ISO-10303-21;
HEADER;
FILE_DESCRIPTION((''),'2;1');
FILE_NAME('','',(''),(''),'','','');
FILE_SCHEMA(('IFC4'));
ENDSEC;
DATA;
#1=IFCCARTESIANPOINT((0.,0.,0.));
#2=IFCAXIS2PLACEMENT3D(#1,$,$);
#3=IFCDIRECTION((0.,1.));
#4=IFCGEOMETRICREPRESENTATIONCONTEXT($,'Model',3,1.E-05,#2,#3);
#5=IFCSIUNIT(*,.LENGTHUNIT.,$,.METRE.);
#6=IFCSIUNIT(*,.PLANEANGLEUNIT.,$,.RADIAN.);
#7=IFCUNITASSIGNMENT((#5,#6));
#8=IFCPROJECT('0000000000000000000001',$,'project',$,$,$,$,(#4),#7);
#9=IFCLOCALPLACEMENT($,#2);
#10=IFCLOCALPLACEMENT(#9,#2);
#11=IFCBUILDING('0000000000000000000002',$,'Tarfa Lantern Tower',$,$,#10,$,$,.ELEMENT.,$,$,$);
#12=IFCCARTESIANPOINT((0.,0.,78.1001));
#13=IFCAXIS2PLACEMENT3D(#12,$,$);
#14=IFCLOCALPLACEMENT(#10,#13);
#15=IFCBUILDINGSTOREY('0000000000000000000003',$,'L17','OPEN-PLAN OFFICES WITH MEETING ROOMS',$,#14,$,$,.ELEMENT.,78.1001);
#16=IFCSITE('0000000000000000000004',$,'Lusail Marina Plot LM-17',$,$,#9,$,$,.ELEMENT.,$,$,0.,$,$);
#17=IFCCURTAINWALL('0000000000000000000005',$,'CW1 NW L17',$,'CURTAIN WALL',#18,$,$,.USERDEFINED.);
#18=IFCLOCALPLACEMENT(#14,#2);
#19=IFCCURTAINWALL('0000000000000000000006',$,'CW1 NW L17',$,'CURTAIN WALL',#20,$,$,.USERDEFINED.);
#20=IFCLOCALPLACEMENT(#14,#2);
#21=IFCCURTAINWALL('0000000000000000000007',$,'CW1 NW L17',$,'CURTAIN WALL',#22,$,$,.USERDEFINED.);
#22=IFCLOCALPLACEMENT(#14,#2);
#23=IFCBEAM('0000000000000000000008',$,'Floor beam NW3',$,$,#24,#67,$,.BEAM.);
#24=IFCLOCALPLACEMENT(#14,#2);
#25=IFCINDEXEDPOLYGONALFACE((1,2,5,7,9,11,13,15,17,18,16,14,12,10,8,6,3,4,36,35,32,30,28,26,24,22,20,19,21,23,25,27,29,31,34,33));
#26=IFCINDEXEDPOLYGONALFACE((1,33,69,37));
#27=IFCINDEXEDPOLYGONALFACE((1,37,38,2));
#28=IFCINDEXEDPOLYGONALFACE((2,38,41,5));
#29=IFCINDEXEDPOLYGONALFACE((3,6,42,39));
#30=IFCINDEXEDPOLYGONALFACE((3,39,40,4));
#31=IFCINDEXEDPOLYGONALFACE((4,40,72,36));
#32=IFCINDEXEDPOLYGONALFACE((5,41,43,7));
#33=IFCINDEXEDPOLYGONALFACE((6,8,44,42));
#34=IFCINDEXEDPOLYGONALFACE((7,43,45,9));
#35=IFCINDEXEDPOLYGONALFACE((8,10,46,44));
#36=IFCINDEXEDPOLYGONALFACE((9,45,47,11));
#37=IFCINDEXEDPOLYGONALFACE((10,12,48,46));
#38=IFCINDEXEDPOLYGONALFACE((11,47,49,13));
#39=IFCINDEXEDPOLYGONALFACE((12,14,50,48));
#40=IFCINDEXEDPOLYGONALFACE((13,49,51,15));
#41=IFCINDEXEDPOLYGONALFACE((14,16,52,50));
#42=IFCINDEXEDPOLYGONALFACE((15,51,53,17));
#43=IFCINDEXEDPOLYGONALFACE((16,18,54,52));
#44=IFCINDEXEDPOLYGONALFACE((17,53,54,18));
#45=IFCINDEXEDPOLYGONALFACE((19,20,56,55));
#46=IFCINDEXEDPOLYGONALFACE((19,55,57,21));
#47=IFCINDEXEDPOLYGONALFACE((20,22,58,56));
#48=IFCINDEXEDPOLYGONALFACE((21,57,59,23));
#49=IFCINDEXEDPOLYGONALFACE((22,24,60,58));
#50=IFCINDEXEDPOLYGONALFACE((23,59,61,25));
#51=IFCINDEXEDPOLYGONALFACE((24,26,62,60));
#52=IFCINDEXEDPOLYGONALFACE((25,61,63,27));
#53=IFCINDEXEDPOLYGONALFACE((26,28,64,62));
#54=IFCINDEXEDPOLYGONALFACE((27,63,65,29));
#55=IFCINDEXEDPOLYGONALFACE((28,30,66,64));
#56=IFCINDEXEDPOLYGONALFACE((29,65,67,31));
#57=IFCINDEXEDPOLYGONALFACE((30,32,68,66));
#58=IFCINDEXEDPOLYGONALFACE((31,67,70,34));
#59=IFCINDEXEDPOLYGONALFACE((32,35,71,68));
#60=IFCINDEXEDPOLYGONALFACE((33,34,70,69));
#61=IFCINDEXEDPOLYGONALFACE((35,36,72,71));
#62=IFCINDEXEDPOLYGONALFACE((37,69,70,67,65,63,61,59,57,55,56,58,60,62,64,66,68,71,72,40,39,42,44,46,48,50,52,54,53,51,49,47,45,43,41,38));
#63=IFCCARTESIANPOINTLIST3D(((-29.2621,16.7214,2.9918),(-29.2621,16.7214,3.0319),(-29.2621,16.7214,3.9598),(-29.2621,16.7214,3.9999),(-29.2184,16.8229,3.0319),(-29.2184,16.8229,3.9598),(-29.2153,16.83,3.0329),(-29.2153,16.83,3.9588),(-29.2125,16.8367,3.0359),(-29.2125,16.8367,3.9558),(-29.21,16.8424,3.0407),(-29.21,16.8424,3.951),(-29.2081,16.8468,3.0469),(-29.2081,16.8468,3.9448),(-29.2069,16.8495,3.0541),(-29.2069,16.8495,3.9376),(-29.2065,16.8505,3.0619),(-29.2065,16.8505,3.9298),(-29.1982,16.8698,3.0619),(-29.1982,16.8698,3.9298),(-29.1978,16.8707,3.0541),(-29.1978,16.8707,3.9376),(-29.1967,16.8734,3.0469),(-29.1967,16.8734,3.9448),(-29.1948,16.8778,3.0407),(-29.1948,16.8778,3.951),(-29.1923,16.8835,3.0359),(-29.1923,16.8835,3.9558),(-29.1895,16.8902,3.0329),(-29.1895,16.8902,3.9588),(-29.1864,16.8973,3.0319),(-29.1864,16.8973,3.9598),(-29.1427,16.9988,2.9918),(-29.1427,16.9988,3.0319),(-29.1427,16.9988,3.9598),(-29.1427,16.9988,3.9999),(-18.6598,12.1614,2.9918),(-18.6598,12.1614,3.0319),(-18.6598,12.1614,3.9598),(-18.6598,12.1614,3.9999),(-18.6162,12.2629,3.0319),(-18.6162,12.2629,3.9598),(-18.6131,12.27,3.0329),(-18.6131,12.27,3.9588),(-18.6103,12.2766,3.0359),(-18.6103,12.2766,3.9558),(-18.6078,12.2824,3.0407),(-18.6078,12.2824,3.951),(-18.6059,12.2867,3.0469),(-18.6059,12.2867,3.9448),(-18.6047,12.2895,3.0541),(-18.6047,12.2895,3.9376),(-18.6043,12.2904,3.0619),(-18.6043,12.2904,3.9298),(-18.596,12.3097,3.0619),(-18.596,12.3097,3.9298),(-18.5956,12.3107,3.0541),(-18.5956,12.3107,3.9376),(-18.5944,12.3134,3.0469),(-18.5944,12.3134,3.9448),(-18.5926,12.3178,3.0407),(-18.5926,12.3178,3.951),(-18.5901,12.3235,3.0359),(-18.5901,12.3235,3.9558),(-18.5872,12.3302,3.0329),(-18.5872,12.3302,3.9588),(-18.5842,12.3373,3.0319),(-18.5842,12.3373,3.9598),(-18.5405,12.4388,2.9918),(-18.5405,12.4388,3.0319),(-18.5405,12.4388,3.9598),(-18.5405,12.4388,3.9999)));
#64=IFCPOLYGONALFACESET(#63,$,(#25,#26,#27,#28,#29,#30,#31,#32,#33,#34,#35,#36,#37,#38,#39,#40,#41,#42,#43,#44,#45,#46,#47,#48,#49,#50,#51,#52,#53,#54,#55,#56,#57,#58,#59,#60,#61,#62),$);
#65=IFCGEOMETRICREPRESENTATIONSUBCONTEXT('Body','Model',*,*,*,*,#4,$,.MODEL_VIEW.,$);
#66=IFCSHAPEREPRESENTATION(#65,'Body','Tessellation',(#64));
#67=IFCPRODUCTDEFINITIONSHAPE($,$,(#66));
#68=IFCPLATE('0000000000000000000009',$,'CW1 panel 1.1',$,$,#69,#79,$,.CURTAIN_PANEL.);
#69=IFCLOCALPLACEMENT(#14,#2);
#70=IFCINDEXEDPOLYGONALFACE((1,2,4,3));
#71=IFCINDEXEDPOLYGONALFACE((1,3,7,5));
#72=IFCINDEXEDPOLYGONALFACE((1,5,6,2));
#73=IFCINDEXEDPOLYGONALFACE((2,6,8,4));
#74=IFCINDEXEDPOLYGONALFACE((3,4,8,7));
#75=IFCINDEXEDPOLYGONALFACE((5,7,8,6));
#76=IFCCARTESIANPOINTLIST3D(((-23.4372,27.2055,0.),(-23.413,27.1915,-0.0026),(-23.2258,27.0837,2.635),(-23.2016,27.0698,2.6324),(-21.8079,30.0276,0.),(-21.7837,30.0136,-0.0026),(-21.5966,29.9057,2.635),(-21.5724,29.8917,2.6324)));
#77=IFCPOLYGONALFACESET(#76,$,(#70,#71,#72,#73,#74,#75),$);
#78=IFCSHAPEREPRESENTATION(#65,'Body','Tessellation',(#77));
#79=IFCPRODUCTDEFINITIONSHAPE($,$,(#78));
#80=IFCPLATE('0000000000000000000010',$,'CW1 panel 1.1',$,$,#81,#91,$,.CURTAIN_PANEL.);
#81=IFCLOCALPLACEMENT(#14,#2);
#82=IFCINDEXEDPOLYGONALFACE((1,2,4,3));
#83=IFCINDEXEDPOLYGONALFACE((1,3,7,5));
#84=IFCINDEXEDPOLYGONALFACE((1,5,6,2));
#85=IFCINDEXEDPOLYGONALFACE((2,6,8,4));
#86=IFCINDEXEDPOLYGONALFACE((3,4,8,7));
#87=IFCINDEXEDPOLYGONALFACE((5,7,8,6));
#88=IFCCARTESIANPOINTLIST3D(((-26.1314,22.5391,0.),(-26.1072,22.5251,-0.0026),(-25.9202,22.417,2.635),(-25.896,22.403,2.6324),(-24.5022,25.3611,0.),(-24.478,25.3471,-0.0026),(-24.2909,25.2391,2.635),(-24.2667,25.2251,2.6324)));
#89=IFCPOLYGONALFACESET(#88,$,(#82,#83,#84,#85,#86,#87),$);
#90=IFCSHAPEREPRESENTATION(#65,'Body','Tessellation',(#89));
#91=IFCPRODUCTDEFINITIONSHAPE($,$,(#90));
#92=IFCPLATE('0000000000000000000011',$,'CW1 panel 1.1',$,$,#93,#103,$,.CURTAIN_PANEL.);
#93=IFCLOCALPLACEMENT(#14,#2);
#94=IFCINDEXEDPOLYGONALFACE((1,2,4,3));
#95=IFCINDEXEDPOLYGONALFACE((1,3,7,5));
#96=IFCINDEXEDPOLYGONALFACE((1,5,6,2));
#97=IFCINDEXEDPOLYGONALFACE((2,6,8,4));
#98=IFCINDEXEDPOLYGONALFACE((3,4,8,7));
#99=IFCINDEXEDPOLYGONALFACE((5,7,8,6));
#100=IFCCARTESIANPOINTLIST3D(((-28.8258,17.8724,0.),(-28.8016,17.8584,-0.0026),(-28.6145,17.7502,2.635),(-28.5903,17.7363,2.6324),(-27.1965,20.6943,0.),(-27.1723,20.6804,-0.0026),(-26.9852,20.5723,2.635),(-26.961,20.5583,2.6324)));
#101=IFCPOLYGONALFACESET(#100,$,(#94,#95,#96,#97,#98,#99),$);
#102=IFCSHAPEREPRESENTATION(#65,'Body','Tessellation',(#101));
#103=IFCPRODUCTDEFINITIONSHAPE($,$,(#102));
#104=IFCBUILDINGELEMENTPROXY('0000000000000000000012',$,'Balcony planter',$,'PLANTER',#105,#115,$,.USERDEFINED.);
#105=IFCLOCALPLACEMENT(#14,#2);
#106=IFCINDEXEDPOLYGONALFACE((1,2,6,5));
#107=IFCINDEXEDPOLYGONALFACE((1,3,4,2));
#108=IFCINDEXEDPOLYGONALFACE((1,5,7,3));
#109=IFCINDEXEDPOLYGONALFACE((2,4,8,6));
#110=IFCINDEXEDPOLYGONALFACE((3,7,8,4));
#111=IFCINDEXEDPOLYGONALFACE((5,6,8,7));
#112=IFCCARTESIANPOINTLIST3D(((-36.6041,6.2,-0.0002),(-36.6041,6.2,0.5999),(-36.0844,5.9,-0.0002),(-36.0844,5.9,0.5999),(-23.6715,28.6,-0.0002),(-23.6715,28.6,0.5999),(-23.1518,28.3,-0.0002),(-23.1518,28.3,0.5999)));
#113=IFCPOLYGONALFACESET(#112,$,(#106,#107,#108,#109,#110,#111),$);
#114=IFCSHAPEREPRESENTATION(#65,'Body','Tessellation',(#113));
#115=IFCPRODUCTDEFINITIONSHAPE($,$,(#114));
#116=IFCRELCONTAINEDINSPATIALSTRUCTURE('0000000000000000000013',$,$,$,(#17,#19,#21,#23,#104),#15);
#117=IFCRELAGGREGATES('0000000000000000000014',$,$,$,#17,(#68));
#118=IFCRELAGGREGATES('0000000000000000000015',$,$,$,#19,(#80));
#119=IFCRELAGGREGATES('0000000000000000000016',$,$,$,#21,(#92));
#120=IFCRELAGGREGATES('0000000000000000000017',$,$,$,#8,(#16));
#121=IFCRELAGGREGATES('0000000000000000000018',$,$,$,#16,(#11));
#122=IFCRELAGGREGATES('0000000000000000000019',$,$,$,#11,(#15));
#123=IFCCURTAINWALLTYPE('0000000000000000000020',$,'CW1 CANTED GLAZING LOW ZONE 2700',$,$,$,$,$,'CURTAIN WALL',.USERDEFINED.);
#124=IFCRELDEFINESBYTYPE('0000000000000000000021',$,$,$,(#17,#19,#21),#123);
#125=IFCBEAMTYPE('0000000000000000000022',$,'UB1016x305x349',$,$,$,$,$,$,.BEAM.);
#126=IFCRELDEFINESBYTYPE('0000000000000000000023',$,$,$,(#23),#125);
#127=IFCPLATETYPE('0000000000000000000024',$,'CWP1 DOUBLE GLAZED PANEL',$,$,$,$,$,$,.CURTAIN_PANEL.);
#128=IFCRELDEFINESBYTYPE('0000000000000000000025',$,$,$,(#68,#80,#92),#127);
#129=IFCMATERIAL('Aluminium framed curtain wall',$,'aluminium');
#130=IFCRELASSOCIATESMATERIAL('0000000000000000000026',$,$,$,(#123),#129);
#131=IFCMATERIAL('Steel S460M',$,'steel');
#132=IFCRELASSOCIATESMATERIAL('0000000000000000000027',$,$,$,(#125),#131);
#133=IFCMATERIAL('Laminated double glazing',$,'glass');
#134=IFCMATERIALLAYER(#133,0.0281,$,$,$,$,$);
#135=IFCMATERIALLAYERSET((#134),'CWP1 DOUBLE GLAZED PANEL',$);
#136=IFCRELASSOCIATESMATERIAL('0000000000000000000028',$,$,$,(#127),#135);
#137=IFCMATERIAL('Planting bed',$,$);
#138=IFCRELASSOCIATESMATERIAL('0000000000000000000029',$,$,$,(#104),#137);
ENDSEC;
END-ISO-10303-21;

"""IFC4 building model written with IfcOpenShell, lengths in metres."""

from ifc_helpers import new_model, si_unit, direction, frame, origin, origin_2d, place, context, subcontext, project, spatial, polyline, rectangle, i_section, outline, extrude, material, layer, layer_set, material_profile, profile_set, type_object, element, aggregate, save


model = new_model("IFC4")

# Units and contexts
model_context = context("Model", 3, precision=1e-05, world=origin(), true_north=direction((0.0, 1.0)))
body_context = subcontext(model_context, "Body", "Model", "MODEL_VIEW")
ifc_project = project(units=[si_unit("LENGTHUNIT", "METRE"), si_unit("PLANEANGLEUNIT", "RADIAN")], contexts=[model_context])

# Site, building, storey
site_placement = place(None, origin())
site = spatial("IfcSite", under=ifc_project, at=site_placement, Name="Lusail Marina Plot LM-17", CompositionType="ELEMENT", RefElevation=0.0)
building_placement = place(site_placement, origin())
building = spatial("IfcBuilding", under=site, at=building_placement, Name="Tarfa Lantern Tower", CompositionType="ELEMENT")
storey_placement = place(building_placement, frame((0.0, 0.0, 78.1001)))
storey = spatial("IfcBuildingStorey", under=building, at=storey_placement, Name="L17", Description="OPEN-PLAN OFFICES WITH MEETING ROOMS", CompositionType="ELEMENT", Elevation=78.1001)

# Curtain walls
ifc_material_1 = material(Name="Aluminium framed curtain wall", Category="aluminium")
curtain_wall_type = type_object("IfcCurtainWallType", Name="CW1 CANTED GLAZING LOW ZONE 2700", ElementType="CURTAIN WALL", PredefinedType="USERDEFINED", material=ifc_material_1)
curtain_wall_1_placement = place(storey_placement, origin())
curtain_wall_1 = element("IfcCurtainWall", 1, at=curtain_wall_1_placement, inside=storey, type_object=curtain_wall_type, Name="CW1 NW L17", ObjectType="CURTAIN WALL", PredefinedType="USERDEFINED")
curtain_wall_2_placement = place(storey_placement, origin())
curtain_wall_2 = element("IfcCurtainWall", 2, at=curtain_wall_2_placement, inside=storey, type_object=curtain_wall_type, Name="CW1 NW L17", ObjectType="CURTAIN WALL", PredefinedType="USERDEFINED")
curtain_wall_3_placement = place(storey_placement, origin())
curtain_wall_3 = element("IfcCurtainWall", 3, at=curtain_wall_3_placement, inside=storey, type_object=curtain_wall_type, Name="CW1 NW L17", ObjectType="CURTAIN WALL", PredefinedType="USERDEFINED")

# Beam
ifc_material_2 = material(Name="Steel S460M", Category="steel")
ifc_material_profile_1 = material_profile(ifc_material_2, i_section(OverallWidth=0.302, OverallDepth=1.0081, WebThickness=0.021, FlangeThickness=0.04, FilletRadius=0.03, at=origin_2d()), Name="UB1016x305x349")
ifc_profile_set_1 = profile_set([ifc_material_profile_1], Name="Steel S460M")
beam_type_1 = type_object("IfcBeamType", Name="UB1016x305x349", PredefinedType="BEAM", material=ifc_profile_set_1)
beam_1_placement = place(storey_placement, frame((-29.2024, 16.8601, 3.4958), z_axis=(0.918635, -0.395106, 0.0), x_axis=(0.395106, 0.918635, 0.0)))
element("IfcBeam", 4, at=beam_1_placement, inside=storey, type_object=beam_type_1, Name="Floor beam NW3", PredefinedType="BEAM", context=body_context, shape_type="SweptSolid", body=[
    extrude(i_section(OverallWidth=0.302, OverallDepth=1.0081, WebThickness=0.021, FlangeThickness=0.04, FilletRadius=0.03, at=origin_2d()), origin(), (0.0, 0.0, 1.0), 11.5413),
])

# Plates
ifc_material_3 = material(Name="Laminated double glazing", Category="glass")
ifc_layer = layer(ifc_material_3, 0.0281)
ifc_layer_set = layer_set([ifc_layer], Name="CWP1 DOUBLE GLAZED PANEL")
plate_type = type_object("IfcPlateType", Name="CWP1 DOUBLE GLAZED PANEL", PredefinedType="CURTAIN_PANEL", material=ifc_layer_set)
plate_1_placement = place(storey_placement, frame((-21.8079, 30.0276, 0.0), z_axis=(-0.862342, 0.497867, 0.09217), x_axis=(-0.499995, -0.866028, -0.000003)))
plate_1 = element("IfcPlate", 5, at=plate_1_placement, type_object=plate_type, Name="CW1 panel 1.1", PredefinedType="CURTAIN_PANEL", context=body_context, shape_type="SweptSolid", body=[
    extrude(outline(polyline([(0.0, 0.0), (3.2586, 0.0), (3.2584, 2.6463), (-0.0001, 2.6463), (0.0, 0.0)])), origin(), (0.0, 0.0, -1.0), 0.0281),
])
aggregate(curtain_wall_1, [plate_1])
plate_2_placement = place(storey_placement, frame((-24.5022, 25.3611, 0.0), z_axis=(-0.862338, 0.497864, 0.092216), x_axis=(-0.499995, -0.866029, 0.000003)))
plate_2 = element("IfcPlate", 6, at=plate_2_placement, type_object=plate_type, Name="CW1 panel 1.1", PredefinedType="CURTAIN_PANEL", context=body_context, shape_type="SweptSolid", body=[
    extrude(outline(polyline([(0.0, 0.0), (3.2585, 0.0), (3.2587, 2.6463), (0.0, 2.6463), (0.0, 0.0)])), origin(), (0.0, 0.0, -1.0), 0.0281),
])
aggregate(curtain_wall_2, [plate_2])
plate_3_placement = place(storey_placement, frame((-27.1965, 20.6943, 0.0), z_axis=(-0.862338, 0.497864, 0.092216), x_axis=(-0.499995, -0.866029, 0.000003)))
plate_3 = element("IfcPlate", 7, at=plate_3_placement, type_object=plate_type, Name="CW1 panel 1.1", PredefinedType="CURTAIN_PANEL", context=body_context, shape_type="SweptSolid", body=[
    extrude(outline(polyline([(0.0, 0.0), (3.2585, 0.0), (3.2587, 2.6463), (0.0, 2.6463), (0.0, 0.0)])), origin(), (0.0, 0.0, -1.0), 0.0281),
])
aggregate(curtain_wall_3, [plate_3])

# Building element proxy
ifc_material_4 = material(Name="Planting bed")
proxy_placement = place(storey_placement, frame((-29.8779, 17.25, -0.0002), z_axis=(0.0, 0.0, 1.0), x_axis=(-0.5, -0.866025, 0.0)))
element("IfcBuildingElementProxy", 8, at=proxy_placement, inside=storey, material=ifc_material_4, Name="Balcony planter", ObjectType="PLANTER", PredefinedType="USERDEFINED", context=body_context, shape_type="SweptSolid", body=[
    extrude(rectangle(XDim=25.8652, YDim=0.6001, at=origin_2d()), origin(), (0.0, 0.0, 1.0), 0.6001),
])

save(model, "model.ifc")
